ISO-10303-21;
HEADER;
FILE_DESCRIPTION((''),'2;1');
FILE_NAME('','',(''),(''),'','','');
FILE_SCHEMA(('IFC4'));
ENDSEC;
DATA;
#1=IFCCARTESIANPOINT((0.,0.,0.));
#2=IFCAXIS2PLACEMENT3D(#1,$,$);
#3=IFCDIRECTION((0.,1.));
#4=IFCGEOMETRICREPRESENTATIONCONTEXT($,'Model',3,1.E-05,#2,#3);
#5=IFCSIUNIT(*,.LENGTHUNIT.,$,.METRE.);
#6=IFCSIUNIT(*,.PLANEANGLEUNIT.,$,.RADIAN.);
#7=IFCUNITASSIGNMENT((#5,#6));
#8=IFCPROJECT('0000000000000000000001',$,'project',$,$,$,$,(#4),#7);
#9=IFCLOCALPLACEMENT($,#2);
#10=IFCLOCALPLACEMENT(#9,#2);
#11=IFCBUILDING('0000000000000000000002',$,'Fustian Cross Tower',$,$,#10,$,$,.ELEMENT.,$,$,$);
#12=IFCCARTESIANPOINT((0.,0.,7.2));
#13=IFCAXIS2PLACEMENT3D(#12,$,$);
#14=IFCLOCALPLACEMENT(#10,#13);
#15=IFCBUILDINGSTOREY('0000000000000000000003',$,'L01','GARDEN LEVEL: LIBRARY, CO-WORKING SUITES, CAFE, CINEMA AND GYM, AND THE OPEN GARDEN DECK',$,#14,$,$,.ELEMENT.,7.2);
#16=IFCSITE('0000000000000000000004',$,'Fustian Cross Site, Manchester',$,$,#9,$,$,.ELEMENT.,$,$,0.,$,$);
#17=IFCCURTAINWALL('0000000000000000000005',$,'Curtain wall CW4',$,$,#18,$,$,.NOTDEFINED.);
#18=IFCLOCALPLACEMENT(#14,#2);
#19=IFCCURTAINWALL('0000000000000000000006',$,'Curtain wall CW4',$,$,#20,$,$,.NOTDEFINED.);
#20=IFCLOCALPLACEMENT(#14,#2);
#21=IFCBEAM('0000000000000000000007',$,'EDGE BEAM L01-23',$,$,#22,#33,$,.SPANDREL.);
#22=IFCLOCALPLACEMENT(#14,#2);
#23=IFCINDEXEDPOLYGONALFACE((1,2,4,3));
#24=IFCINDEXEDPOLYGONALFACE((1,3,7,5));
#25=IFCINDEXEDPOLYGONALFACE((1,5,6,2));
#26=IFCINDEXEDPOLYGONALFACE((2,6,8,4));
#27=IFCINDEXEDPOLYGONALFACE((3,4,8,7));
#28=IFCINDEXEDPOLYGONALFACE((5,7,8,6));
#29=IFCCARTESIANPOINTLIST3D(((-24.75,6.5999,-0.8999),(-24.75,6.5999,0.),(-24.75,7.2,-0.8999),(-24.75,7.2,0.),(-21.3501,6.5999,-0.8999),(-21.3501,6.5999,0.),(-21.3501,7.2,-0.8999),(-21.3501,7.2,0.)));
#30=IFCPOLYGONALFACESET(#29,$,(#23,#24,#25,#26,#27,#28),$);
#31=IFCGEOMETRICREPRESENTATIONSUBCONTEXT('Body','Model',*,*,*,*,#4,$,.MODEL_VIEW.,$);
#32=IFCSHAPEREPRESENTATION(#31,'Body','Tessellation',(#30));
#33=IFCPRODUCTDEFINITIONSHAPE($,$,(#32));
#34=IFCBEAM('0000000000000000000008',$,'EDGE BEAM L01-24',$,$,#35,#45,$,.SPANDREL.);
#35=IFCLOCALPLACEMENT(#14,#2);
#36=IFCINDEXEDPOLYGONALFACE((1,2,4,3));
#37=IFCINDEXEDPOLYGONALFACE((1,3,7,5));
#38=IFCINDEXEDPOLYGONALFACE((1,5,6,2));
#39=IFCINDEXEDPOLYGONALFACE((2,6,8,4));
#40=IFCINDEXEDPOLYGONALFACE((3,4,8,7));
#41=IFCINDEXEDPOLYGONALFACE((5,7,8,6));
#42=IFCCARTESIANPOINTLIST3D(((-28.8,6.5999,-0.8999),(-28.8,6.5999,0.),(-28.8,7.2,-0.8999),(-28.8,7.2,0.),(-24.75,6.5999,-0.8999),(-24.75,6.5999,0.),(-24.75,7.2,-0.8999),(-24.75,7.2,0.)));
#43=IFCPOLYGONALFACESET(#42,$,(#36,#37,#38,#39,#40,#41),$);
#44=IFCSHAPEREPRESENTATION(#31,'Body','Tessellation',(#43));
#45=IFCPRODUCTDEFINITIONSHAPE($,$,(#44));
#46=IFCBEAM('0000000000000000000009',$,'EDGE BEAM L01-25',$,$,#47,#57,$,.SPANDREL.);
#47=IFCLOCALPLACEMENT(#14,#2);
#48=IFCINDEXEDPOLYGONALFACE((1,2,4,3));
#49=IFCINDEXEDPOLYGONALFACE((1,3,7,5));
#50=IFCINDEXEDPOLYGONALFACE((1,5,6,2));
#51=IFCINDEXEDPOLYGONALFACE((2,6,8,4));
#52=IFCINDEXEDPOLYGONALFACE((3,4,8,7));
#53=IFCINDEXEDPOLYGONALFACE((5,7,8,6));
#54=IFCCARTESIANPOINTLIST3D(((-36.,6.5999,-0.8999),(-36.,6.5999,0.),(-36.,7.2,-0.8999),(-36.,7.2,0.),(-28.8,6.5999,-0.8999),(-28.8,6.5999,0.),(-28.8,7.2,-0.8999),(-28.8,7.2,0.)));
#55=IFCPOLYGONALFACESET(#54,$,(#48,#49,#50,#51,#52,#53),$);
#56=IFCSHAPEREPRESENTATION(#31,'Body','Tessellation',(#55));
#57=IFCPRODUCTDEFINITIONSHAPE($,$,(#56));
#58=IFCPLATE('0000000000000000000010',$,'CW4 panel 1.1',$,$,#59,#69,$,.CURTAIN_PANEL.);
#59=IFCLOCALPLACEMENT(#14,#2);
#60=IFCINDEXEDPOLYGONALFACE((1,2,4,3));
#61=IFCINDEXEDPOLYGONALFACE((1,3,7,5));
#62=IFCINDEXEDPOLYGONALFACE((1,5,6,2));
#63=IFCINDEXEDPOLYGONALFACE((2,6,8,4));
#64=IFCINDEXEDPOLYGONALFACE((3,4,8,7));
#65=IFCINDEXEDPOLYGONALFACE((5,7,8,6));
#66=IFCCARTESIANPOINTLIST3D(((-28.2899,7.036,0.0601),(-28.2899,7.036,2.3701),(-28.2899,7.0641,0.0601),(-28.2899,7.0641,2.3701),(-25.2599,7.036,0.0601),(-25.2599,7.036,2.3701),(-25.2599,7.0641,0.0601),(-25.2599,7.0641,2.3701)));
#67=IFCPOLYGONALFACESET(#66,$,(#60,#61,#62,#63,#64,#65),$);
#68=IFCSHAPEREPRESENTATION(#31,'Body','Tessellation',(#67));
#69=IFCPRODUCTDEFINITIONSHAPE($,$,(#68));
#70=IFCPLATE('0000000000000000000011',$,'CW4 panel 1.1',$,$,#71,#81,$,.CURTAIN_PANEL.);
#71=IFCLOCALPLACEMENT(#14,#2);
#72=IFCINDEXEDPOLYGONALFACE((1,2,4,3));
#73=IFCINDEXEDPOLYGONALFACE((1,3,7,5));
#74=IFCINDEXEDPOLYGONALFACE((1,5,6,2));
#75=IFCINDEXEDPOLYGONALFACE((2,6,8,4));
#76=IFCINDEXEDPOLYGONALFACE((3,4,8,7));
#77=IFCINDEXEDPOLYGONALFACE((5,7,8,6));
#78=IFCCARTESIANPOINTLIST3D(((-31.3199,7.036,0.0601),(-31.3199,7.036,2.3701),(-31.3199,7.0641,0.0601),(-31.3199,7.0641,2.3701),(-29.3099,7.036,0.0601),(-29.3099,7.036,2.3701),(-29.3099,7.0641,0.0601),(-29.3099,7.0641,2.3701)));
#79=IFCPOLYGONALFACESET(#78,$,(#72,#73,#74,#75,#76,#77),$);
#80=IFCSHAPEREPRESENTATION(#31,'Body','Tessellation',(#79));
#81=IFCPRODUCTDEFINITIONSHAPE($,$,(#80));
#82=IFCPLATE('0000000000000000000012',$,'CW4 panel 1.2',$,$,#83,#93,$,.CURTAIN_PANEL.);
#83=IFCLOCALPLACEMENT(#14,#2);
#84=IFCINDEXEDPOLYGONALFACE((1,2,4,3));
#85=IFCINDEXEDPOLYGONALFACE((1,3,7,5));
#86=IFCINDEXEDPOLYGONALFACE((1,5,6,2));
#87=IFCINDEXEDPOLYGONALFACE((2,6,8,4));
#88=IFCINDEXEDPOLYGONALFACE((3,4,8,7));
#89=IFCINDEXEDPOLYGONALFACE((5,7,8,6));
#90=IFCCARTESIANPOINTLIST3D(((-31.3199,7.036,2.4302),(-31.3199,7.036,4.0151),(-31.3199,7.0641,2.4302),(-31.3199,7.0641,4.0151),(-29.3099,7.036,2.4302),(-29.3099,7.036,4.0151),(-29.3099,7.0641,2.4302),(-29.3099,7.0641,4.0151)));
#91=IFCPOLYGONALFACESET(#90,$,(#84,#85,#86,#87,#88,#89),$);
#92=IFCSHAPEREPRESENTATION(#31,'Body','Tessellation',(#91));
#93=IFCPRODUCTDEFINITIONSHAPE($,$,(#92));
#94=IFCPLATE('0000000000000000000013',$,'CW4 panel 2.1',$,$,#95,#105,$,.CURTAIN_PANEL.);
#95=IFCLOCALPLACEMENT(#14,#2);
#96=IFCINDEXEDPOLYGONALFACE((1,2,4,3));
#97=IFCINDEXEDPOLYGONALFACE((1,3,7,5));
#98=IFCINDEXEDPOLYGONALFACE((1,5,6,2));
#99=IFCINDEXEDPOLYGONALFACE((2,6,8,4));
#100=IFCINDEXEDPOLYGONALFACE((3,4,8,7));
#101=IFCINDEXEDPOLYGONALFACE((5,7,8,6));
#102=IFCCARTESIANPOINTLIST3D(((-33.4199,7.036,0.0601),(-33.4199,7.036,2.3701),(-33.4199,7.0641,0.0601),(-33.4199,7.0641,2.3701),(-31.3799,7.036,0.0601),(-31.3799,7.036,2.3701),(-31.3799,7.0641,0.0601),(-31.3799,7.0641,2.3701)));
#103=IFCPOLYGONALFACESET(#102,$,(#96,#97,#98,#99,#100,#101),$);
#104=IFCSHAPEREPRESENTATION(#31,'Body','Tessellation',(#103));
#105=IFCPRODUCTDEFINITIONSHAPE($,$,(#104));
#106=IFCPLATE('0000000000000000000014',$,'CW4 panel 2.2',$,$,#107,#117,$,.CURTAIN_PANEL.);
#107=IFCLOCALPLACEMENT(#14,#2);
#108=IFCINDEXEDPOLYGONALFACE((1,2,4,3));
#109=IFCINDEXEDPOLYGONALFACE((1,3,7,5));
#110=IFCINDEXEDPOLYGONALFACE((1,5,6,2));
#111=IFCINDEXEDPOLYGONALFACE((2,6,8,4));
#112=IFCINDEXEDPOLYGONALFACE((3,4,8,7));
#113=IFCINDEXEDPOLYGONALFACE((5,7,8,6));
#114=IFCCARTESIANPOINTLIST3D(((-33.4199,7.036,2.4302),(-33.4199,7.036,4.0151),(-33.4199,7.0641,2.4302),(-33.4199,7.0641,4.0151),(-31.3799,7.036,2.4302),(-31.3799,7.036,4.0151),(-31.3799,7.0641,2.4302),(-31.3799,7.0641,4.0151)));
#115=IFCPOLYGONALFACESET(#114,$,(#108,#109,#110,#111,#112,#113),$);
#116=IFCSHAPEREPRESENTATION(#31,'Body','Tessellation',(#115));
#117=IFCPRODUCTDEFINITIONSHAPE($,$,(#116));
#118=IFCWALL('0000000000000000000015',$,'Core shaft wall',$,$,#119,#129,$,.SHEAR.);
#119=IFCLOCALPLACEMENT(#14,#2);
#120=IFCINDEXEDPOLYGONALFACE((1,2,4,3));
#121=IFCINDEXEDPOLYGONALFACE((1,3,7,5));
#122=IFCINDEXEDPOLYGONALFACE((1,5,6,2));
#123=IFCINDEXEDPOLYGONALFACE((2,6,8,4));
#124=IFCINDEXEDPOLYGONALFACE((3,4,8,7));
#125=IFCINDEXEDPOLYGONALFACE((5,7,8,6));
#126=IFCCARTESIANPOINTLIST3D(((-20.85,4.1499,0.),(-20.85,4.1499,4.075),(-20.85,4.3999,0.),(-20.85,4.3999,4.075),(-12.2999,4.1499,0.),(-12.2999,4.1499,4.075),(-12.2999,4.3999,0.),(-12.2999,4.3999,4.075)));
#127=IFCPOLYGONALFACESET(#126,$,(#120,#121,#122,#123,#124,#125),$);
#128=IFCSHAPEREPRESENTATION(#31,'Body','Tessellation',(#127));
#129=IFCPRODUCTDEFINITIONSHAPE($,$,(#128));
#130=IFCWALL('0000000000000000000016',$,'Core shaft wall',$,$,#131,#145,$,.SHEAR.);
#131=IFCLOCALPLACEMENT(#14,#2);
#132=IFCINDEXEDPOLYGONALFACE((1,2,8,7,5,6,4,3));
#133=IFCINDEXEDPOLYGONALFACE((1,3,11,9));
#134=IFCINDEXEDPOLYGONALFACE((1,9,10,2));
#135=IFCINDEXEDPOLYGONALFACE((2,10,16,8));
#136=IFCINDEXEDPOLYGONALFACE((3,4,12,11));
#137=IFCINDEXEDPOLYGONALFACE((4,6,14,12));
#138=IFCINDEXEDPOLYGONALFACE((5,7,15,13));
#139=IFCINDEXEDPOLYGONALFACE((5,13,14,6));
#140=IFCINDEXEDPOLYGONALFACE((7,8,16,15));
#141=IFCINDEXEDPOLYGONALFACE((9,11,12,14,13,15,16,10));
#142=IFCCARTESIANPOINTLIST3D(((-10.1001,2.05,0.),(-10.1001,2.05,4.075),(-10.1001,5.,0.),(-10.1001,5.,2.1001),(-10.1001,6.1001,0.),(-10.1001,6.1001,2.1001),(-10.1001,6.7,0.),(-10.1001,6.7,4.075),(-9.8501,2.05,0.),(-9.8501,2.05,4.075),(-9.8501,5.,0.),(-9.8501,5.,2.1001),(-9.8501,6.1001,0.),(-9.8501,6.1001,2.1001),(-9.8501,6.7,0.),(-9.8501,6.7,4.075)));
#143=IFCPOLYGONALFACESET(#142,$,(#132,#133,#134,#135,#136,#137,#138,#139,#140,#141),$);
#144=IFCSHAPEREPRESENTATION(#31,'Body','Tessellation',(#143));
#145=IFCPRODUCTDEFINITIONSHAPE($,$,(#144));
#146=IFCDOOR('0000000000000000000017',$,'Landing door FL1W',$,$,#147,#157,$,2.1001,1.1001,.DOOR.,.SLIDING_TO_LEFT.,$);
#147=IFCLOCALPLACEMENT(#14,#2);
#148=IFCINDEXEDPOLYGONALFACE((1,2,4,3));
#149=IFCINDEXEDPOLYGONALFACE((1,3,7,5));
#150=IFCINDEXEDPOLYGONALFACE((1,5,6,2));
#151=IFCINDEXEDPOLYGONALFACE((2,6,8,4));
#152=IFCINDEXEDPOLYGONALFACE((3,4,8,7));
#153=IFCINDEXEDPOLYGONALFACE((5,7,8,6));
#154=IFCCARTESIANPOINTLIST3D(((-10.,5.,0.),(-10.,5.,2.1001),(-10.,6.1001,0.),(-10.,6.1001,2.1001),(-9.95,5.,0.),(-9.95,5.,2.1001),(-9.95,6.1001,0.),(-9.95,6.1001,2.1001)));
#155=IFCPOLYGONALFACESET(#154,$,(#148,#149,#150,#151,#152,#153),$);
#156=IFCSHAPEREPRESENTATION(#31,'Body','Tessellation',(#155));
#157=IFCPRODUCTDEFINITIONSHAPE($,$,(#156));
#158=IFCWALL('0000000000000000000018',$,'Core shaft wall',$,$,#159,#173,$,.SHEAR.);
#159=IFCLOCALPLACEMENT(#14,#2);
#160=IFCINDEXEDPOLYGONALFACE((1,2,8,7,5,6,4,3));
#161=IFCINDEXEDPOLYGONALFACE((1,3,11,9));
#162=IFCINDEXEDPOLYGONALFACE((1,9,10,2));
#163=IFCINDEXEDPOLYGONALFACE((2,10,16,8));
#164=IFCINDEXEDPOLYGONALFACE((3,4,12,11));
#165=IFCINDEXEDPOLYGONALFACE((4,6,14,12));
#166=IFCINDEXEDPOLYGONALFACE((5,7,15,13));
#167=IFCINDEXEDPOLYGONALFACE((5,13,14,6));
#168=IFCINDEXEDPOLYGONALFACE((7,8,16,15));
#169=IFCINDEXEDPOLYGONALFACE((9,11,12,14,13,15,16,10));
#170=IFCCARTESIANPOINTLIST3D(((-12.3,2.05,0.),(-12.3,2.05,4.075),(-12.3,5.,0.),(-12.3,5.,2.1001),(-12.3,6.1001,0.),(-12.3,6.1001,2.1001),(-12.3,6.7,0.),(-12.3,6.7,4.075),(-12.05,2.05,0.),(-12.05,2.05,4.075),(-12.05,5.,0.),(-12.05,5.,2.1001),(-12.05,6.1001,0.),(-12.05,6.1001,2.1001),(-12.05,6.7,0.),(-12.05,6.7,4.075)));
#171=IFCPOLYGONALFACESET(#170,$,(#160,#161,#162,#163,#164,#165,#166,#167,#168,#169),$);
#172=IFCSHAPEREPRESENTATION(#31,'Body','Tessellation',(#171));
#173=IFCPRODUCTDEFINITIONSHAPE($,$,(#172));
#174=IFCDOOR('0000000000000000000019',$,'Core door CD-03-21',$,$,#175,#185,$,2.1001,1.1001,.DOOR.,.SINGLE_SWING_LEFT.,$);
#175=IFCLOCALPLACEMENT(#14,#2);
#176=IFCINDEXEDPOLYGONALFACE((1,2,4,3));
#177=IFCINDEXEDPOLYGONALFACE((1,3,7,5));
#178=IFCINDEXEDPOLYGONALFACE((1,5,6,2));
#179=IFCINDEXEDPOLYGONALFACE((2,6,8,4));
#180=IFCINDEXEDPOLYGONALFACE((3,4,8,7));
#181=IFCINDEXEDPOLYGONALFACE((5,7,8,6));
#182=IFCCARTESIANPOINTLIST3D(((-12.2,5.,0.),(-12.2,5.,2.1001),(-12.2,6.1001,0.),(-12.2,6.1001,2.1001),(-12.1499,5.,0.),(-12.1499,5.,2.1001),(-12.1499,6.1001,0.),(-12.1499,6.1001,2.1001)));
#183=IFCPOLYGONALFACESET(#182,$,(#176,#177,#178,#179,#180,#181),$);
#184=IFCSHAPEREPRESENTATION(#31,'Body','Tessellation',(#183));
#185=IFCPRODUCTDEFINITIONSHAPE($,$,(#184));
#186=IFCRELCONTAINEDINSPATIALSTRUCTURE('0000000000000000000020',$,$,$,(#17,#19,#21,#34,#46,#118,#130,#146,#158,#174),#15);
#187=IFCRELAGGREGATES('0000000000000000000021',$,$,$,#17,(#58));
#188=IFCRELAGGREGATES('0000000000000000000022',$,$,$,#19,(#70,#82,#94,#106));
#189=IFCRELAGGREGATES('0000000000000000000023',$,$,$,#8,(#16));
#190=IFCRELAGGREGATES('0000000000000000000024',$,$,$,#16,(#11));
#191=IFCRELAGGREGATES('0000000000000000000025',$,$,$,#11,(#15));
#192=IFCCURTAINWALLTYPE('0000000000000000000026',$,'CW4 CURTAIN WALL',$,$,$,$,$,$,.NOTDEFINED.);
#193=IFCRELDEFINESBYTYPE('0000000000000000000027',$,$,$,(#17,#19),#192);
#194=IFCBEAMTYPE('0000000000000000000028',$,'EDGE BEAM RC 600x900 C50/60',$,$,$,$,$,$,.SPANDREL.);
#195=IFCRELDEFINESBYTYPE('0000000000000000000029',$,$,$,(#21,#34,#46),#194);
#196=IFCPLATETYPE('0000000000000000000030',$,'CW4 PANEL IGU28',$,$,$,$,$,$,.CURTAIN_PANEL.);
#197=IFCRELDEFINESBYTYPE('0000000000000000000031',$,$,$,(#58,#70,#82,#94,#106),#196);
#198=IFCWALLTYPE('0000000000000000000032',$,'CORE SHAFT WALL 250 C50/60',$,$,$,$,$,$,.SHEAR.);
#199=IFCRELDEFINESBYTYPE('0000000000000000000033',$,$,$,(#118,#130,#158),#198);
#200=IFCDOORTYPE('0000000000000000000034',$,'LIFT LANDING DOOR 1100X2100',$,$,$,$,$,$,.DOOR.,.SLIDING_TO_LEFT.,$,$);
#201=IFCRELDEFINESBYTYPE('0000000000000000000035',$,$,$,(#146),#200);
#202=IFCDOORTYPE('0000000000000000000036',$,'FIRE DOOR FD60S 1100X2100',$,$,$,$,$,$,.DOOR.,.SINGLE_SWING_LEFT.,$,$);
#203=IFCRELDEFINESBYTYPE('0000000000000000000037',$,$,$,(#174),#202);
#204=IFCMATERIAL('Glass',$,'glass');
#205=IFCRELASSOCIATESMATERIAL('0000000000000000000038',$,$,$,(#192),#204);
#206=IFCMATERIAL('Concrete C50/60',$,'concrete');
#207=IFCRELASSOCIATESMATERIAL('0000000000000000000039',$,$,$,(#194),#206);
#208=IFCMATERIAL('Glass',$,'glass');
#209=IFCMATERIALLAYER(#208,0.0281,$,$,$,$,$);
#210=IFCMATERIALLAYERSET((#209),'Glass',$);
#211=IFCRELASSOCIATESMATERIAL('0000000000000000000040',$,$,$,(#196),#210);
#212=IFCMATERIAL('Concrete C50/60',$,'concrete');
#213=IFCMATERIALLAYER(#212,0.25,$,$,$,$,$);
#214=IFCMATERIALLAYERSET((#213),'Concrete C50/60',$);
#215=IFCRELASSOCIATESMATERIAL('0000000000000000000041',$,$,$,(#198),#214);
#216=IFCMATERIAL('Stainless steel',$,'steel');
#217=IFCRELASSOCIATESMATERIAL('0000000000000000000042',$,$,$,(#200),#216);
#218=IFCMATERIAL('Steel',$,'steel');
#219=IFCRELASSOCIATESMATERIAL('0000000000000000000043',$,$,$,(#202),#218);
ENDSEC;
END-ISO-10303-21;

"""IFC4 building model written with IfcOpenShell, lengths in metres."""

from ifc_helpers import new_model, si_unit, direction, frame, frame_2d, origin, origin_2d, place, context, subcontext, project, spatial, rectangle, extrude, material, layer, layer_set, material_profile, profile_set, type_object, element, fill, aggregate, save


model = new_model("IFC4")

# Units and contexts
model_context = context("Model", 3, precision=1e-05, world=origin(), true_north=direction((0.0, 1.0)))
body_context = subcontext(model_context, "Body", "Model", "MODEL_VIEW")
ifc_project = project(units=[si_unit("LENGTHUNIT", "METRE"), si_unit("PLANEANGLEUNIT", "RADIAN")], contexts=[model_context])

# Site, building, storey
site_placement = place(None, origin())
site = spatial("IfcSite", under=ifc_project, at=site_placement, Name="Fustian Cross Site, Manchester", CompositionType="ELEMENT", RefElevation=0.0)
building_placement = place(site_placement, origin())
building = spatial("IfcBuilding", under=site, at=building_placement, Name="Fustian Cross Tower", CompositionType="ELEMENT")
storey_placement = place(building_placement, frame((0.0, 0.0, 7.2)))
storey = spatial("IfcBuildingStorey", under=building, at=storey_placement, Name="L01", Description="GARDEN LEVEL: LIBRARY, CO-WORKING SUITES, CAFE, CINEMA AND GYM, AND THE OPEN GARDEN DECK", CompositionType="ELEMENT", Elevation=7.2)

# Curtain wall
ifc_material_1 = material(Name="Glass", Category="glass")
curtain_wall_type = type_object("IfcCurtainWallType", Name="CW4 CURTAIN WALL", PredefinedType="NOTDEFINED", material=ifc_material_1)
curtain_wall_1_placement = place(storey_placement, origin())
curtain_wall_1 = element("IfcCurtainWall", 1, at=curtain_wall_1_placement, inside=storey, type_object=curtain_wall_type, Name="Curtain wall CW4", PredefinedType="NOTDEFINED")

# Curtain wall
curtain_wall_2_placement = place(storey_placement, origin())
curtain_wall_2 = element("IfcCurtainWall", 2, at=curtain_wall_2_placement, inside=storey, type_object=curtain_wall_type, Name="Curtain wall CW4", PredefinedType="NOTDEFINED")

# Beams
ifc_material_2 = material(Name="Concrete C50/60", Category="concrete")
ifc_material_profile_1 = material_profile(ifc_material_2, rectangle(XDim=0.6001, YDim=0.8999, at=origin_2d()), Name="RC 600x900")
ifc_profile_set_1 = profile_set([ifc_material_profile_1], Name="Concrete C50/60")
beam_type = type_object("IfcBeamType", Name="EDGE BEAM RC 600x900 C50/60", PredefinedType="SPANDREL", material=ifc_profile_set_1)
beam_1_placement = place(storey_placement, frame((-21.3501, 6.8999, -0.45), z_axis=(-1.0, 0.0, 0.0), x_axis=(0.0, -1.0, 0.0)))
element("IfcBeam", 3, at=beam_1_placement, inside=storey, type_object=beam_type, Name="EDGE BEAM L01-23", PredefinedType="SPANDREL", context=body_context, shape_type="SweptSolid", body=[
    extrude(rectangle(XDim=0.6001, YDim=0.8999, at=origin_2d()), origin(), (0.0, 0.0, 1.0), 3.3999),
])
beam_2_placement = place(storey_placement, frame((-24.75, 6.8999, -0.45), z_axis=(-1.0, 0.0, 0.0), x_axis=(0.0, -1.0, 0.0)))
element("IfcBeam", 4, at=beam_2_placement, inside=storey, type_object=beam_type, Name="EDGE BEAM L01-24", PredefinedType="SPANDREL", context=body_context, shape_type="SweptSolid", body=[
    extrude(rectangle(XDim=0.6001, YDim=0.8999, at=origin_2d()), origin(), (0.0, 0.0, 1.0), 4.05),
])
beam_3_placement = place(storey_placement, frame((-28.8, 6.8999, -0.45), z_axis=(-1.0, 0.0, 0.0), x_axis=(0.0, -1.0, 0.0)))
element("IfcBeam", 5, at=beam_3_placement, inside=storey, type_object=beam_type, Name="EDGE BEAM L01-25", PredefinedType="SPANDREL", context=body_context, shape_type="SweptSolid", body=[
    extrude(rectangle(XDim=0.6001, YDim=0.8999, at=origin_2d()), origin(), (0.0, 0.0, 1.0), 7.2),
])

# Plates
ifc_material_3 = material(Name="Glass", Category="glass")
ifc_layer_1 = layer(ifc_material_3, 0.0281)
ifc_layer_set_1 = layer_set([ifc_layer_1], Name="Glass")
plate_type = type_object("IfcPlateType", Name="CW4 PANEL IGU28", PredefinedType="CURTAIN_PANEL", material=ifc_layer_set_1)
plate_1_placement = place(storey_placement, frame((-26.7749, 7.05, 0.0601), z_axis=(0.0, 0.0, 1.0), x_axis=(-1.0, 0.0, 0.0)))
plate_1 = element("IfcPlate", 6, at=plate_1_placement, type_object=plate_type, Name="CW4 panel 1.1", PredefinedType="CURTAIN_PANEL", context=body_context, shape_type="SweptSolid", body=[
    extrude(rectangle(XDim=3.03, YDim=0.0281, at=origin_2d()), origin(), (0.0, 0.0, 1.0), 2.3101),
])
aggregate(curtain_wall_1, [plate_1])
plate_2_placement = place(storey_placement, frame((-30.3149, 7.05, 0.0601), z_axis=(0.0, 0.0, 1.0), x_axis=(-1.0, 0.0, 0.0)))
plate_2 = element("IfcPlate", 7, at=plate_2_placement, type_object=plate_type, Name="CW4 panel 1.1", PredefinedType="CURTAIN_PANEL", context=body_context, shape_type="SweptSolid", body=[
    extrude(rectangle(XDim=2.01, YDim=0.0281, at=origin_2d()), origin(), (0.0, 0.0, 1.0), 2.3101),
])
plate_3_placement = place(storey_placement, frame((-30.3149, 7.05, 2.4302), z_axis=(0.0, 0.0, 1.0), x_axis=(-1.0, 0.0, 0.0)))
plate_3 = element("IfcPlate", 8, at=plate_3_placement, type_object=plate_type, Name="CW4 panel 1.2", PredefinedType="CURTAIN_PANEL", context=body_context, shape_type="SweptSolid", body=[
    extrude(rectangle(XDim=2.01, YDim=0.0281, at=origin_2d()), origin(), (0.0, 0.0, 1.0), 1.585),
])
plate_4_placement = place(storey_placement, frame((-32.3999, 7.05, 0.0601), z_axis=(0.0, 0.0, 1.0), x_axis=(-1.0, 0.0, 0.0)))
plate_4 = element("IfcPlate", 9, at=plate_4_placement, type_object=plate_type, Name="CW4 panel 2.1", PredefinedType="CURTAIN_PANEL", context=body_context, shape_type="SweptSolid", body=[
    extrude(rectangle(XDim=2.04, YDim=0.0281, at=origin_2d()), origin(), (0.0, 0.0, 1.0), 2.3101),
])
plate_5_placement = place(storey_placement, frame((-32.3999, 7.05, 2.4302), z_axis=(0.0, 0.0, 1.0), x_axis=(-1.0, 0.0, 0.0)))
plate_5 = element("IfcPlate", 10, at=plate_5_placement, type_object=plate_type, Name="CW4 panel 2.2", PredefinedType="CURTAIN_PANEL", context=body_context, shape_type="SweptSolid", body=[
    extrude(rectangle(XDim=2.04, YDim=0.0281, at=origin_2d()), origin(), (0.0, 0.0, 1.0), 1.585),
])
aggregate(curtain_wall_2, [plate_2, plate_3, plate_4, plate_5])

# Wall
ifc_material_4 = material(Name="Concrete C50/60", Category="concrete")
ifc_layer_2 = layer(ifc_material_4, 0.25)
ifc_layer_set_2 = layer_set([ifc_layer_2], Name="Concrete C50/60")
wall_type_1 = type_object("IfcWallType", Name="CORE SHAFT WALL 250 C50/60", PredefinedType="SHEAR", material=ifc_layer_set_2)
wall_1_placement = place(storey_placement, frame((-12.3, 4.2749, 0.0), z_axis=(0.0, 0.0, 1.0), x_axis=(-1.0, 0.0, 0.0)))
element("IfcWall", 11, at=wall_1_placement, inside=storey, type_object=wall_type_1, Name="Core shaft wall", PredefinedType="SHEAR", context=body_context, shape_type="SweptSolid", body=[
    extrude(rectangle(XDim=8.55, YDim=0.25, at=frame_2d((4.2749, 0.0))), origin(), (0.0, 0.0, 1.0), 4.075),
])

# Walls, openings, doors
wall_2_placement = place(storey_placement, frame((-9.9751, 2.05, 0.0), z_axis=(0.0, 0.0, 1.0), x_axis=(0.0, 1.0, 0.0)))
wall_2 = element("IfcWall", 12, at=wall_2_placement, inside=storey, type_object=wall_type_1, Name="Core shaft wall", PredefinedType="SHEAR", context=body_context, shape_type="SweptSolid", body=[
    extrude(rectangle(XDim=4.6499, YDim=0.25, at=frame_2d((2.325, 0.0))), origin(), (0.0, 0.0, 1.0), 4.075),
])
opening_1_placement = place(wall_2_placement, frame((2.95, 0.0, 0.0)))
opening_1 = element("IfcOpeningElement", 13, at=opening_1_placement, cuts=wall_2, PredefinedType="OPENING", context=body_context, shape_type="SweptSolid", body=[
    extrude(rectangle(XDim=1.1001, YDim=2.1001, at=frame_2d((0.55, 1.05))), frame((0.0, 0.135, 0.0), z_axis=(0.0, -1.0, 0.0), x_axis=(1.0, 0.0, 0.0)), (0.0, 0.0, 1.0), 0.27),
])
ifc_material_5 = material(Name="Stainless steel", Category="steel")
door_type_1 = type_object("IfcDoorType", Name="LIFT LANDING DOOR 1100X2100", OperationType="SLIDING_TO_LEFT", PredefinedType="DOOR", material=ifc_material_5)
door_1_placement = place(opening_1_placement, origin())
door_1 = element("IfcDoor", 14, at=door_1_placement, inside=storey, type_object=door_type_1, Name="Landing door FL1W", OperationType="SLIDING_TO_LEFT", OverallHeight=2.1001, OverallWidth=1.1001, PredefinedType="DOOR", context=body_context, shape_type="SweptSolid", body=[
    extrude(rectangle(XDim=1.1001, YDim=2.1001, at=frame_2d((0.55, 1.05))), frame((0.0, 0.0249, 0.0), z_axis=(0.0, -1.0, 0.0), x_axis=(1.0, 0.0, 0.0)), (0.0, 0.0, 1.0), 0.05),
])
fill(opening_1, door_1)
wall_3_placement = place(storey_placement, frame((-12.175, 2.05, 0.0), z_axis=(0.0, 0.0, 1.0), x_axis=(0.0, 1.0, 0.0)))
wall_3 = element("IfcWall", 15, at=wall_3_placement, inside=storey, type_object=wall_type_1, Name="Core shaft wall", PredefinedType="SHEAR", context=body_context, shape_type="SweptSolid", body=[
    extrude(rectangle(XDim=4.6499, YDim=0.25, at=frame_2d((2.325, 0.0))), origin(), (0.0, 0.0, 1.0), 4.075),
])
opening_2_placement = place(wall_3_placement, frame((2.95, 0.0, 0.0)))
opening_2 = element("IfcOpeningElement", 16, at=opening_2_placement, cuts=wall_3, PredefinedType="OPENING", context=body_context, shape_type="SweptSolid", body=[
    extrude(rectangle(XDim=1.1001, YDim=2.1001, at=frame_2d((0.55, 1.05))), frame((0.0, 0.135, 0.0), z_axis=(0.0, -1.0, 0.0), x_axis=(1.0, 0.0, 0.0)), (0.0, 0.0, 1.0), 0.27),
])
ifc_material_6 = material(Name="Steel", Category="steel")
door_type_2 = type_object("IfcDoorType", Name="FIRE DOOR FD60S 1100X2100", OperationType="SINGLE_SWING_LEFT", PredefinedType="DOOR", material=ifc_material_6)
door_2_placement = place(opening_2_placement, origin())
door_2 = element("IfcDoor", 17, at=door_2_placement, inside=storey, type_object=door_type_2, Name="Core door CD-03-21", OperationType="SINGLE_SWING_LEFT", OverallHeight=2.1001, OverallWidth=1.1001, PredefinedType="DOOR", context=body_context, shape_type="SweptSolid", body=[
    extrude(rectangle(XDim=1.1001, YDim=2.1001, at=frame_2d((0.55, 1.05))), frame((0.0, 0.0249, 0.0), z_axis=(0.0, -1.0, 0.0), x_axis=(1.0, 0.0, 0.0)), (0.0, 0.0, 1.0), 0.05),
])
fill(opening_2, door_2)

save(model, "model.ifc")
